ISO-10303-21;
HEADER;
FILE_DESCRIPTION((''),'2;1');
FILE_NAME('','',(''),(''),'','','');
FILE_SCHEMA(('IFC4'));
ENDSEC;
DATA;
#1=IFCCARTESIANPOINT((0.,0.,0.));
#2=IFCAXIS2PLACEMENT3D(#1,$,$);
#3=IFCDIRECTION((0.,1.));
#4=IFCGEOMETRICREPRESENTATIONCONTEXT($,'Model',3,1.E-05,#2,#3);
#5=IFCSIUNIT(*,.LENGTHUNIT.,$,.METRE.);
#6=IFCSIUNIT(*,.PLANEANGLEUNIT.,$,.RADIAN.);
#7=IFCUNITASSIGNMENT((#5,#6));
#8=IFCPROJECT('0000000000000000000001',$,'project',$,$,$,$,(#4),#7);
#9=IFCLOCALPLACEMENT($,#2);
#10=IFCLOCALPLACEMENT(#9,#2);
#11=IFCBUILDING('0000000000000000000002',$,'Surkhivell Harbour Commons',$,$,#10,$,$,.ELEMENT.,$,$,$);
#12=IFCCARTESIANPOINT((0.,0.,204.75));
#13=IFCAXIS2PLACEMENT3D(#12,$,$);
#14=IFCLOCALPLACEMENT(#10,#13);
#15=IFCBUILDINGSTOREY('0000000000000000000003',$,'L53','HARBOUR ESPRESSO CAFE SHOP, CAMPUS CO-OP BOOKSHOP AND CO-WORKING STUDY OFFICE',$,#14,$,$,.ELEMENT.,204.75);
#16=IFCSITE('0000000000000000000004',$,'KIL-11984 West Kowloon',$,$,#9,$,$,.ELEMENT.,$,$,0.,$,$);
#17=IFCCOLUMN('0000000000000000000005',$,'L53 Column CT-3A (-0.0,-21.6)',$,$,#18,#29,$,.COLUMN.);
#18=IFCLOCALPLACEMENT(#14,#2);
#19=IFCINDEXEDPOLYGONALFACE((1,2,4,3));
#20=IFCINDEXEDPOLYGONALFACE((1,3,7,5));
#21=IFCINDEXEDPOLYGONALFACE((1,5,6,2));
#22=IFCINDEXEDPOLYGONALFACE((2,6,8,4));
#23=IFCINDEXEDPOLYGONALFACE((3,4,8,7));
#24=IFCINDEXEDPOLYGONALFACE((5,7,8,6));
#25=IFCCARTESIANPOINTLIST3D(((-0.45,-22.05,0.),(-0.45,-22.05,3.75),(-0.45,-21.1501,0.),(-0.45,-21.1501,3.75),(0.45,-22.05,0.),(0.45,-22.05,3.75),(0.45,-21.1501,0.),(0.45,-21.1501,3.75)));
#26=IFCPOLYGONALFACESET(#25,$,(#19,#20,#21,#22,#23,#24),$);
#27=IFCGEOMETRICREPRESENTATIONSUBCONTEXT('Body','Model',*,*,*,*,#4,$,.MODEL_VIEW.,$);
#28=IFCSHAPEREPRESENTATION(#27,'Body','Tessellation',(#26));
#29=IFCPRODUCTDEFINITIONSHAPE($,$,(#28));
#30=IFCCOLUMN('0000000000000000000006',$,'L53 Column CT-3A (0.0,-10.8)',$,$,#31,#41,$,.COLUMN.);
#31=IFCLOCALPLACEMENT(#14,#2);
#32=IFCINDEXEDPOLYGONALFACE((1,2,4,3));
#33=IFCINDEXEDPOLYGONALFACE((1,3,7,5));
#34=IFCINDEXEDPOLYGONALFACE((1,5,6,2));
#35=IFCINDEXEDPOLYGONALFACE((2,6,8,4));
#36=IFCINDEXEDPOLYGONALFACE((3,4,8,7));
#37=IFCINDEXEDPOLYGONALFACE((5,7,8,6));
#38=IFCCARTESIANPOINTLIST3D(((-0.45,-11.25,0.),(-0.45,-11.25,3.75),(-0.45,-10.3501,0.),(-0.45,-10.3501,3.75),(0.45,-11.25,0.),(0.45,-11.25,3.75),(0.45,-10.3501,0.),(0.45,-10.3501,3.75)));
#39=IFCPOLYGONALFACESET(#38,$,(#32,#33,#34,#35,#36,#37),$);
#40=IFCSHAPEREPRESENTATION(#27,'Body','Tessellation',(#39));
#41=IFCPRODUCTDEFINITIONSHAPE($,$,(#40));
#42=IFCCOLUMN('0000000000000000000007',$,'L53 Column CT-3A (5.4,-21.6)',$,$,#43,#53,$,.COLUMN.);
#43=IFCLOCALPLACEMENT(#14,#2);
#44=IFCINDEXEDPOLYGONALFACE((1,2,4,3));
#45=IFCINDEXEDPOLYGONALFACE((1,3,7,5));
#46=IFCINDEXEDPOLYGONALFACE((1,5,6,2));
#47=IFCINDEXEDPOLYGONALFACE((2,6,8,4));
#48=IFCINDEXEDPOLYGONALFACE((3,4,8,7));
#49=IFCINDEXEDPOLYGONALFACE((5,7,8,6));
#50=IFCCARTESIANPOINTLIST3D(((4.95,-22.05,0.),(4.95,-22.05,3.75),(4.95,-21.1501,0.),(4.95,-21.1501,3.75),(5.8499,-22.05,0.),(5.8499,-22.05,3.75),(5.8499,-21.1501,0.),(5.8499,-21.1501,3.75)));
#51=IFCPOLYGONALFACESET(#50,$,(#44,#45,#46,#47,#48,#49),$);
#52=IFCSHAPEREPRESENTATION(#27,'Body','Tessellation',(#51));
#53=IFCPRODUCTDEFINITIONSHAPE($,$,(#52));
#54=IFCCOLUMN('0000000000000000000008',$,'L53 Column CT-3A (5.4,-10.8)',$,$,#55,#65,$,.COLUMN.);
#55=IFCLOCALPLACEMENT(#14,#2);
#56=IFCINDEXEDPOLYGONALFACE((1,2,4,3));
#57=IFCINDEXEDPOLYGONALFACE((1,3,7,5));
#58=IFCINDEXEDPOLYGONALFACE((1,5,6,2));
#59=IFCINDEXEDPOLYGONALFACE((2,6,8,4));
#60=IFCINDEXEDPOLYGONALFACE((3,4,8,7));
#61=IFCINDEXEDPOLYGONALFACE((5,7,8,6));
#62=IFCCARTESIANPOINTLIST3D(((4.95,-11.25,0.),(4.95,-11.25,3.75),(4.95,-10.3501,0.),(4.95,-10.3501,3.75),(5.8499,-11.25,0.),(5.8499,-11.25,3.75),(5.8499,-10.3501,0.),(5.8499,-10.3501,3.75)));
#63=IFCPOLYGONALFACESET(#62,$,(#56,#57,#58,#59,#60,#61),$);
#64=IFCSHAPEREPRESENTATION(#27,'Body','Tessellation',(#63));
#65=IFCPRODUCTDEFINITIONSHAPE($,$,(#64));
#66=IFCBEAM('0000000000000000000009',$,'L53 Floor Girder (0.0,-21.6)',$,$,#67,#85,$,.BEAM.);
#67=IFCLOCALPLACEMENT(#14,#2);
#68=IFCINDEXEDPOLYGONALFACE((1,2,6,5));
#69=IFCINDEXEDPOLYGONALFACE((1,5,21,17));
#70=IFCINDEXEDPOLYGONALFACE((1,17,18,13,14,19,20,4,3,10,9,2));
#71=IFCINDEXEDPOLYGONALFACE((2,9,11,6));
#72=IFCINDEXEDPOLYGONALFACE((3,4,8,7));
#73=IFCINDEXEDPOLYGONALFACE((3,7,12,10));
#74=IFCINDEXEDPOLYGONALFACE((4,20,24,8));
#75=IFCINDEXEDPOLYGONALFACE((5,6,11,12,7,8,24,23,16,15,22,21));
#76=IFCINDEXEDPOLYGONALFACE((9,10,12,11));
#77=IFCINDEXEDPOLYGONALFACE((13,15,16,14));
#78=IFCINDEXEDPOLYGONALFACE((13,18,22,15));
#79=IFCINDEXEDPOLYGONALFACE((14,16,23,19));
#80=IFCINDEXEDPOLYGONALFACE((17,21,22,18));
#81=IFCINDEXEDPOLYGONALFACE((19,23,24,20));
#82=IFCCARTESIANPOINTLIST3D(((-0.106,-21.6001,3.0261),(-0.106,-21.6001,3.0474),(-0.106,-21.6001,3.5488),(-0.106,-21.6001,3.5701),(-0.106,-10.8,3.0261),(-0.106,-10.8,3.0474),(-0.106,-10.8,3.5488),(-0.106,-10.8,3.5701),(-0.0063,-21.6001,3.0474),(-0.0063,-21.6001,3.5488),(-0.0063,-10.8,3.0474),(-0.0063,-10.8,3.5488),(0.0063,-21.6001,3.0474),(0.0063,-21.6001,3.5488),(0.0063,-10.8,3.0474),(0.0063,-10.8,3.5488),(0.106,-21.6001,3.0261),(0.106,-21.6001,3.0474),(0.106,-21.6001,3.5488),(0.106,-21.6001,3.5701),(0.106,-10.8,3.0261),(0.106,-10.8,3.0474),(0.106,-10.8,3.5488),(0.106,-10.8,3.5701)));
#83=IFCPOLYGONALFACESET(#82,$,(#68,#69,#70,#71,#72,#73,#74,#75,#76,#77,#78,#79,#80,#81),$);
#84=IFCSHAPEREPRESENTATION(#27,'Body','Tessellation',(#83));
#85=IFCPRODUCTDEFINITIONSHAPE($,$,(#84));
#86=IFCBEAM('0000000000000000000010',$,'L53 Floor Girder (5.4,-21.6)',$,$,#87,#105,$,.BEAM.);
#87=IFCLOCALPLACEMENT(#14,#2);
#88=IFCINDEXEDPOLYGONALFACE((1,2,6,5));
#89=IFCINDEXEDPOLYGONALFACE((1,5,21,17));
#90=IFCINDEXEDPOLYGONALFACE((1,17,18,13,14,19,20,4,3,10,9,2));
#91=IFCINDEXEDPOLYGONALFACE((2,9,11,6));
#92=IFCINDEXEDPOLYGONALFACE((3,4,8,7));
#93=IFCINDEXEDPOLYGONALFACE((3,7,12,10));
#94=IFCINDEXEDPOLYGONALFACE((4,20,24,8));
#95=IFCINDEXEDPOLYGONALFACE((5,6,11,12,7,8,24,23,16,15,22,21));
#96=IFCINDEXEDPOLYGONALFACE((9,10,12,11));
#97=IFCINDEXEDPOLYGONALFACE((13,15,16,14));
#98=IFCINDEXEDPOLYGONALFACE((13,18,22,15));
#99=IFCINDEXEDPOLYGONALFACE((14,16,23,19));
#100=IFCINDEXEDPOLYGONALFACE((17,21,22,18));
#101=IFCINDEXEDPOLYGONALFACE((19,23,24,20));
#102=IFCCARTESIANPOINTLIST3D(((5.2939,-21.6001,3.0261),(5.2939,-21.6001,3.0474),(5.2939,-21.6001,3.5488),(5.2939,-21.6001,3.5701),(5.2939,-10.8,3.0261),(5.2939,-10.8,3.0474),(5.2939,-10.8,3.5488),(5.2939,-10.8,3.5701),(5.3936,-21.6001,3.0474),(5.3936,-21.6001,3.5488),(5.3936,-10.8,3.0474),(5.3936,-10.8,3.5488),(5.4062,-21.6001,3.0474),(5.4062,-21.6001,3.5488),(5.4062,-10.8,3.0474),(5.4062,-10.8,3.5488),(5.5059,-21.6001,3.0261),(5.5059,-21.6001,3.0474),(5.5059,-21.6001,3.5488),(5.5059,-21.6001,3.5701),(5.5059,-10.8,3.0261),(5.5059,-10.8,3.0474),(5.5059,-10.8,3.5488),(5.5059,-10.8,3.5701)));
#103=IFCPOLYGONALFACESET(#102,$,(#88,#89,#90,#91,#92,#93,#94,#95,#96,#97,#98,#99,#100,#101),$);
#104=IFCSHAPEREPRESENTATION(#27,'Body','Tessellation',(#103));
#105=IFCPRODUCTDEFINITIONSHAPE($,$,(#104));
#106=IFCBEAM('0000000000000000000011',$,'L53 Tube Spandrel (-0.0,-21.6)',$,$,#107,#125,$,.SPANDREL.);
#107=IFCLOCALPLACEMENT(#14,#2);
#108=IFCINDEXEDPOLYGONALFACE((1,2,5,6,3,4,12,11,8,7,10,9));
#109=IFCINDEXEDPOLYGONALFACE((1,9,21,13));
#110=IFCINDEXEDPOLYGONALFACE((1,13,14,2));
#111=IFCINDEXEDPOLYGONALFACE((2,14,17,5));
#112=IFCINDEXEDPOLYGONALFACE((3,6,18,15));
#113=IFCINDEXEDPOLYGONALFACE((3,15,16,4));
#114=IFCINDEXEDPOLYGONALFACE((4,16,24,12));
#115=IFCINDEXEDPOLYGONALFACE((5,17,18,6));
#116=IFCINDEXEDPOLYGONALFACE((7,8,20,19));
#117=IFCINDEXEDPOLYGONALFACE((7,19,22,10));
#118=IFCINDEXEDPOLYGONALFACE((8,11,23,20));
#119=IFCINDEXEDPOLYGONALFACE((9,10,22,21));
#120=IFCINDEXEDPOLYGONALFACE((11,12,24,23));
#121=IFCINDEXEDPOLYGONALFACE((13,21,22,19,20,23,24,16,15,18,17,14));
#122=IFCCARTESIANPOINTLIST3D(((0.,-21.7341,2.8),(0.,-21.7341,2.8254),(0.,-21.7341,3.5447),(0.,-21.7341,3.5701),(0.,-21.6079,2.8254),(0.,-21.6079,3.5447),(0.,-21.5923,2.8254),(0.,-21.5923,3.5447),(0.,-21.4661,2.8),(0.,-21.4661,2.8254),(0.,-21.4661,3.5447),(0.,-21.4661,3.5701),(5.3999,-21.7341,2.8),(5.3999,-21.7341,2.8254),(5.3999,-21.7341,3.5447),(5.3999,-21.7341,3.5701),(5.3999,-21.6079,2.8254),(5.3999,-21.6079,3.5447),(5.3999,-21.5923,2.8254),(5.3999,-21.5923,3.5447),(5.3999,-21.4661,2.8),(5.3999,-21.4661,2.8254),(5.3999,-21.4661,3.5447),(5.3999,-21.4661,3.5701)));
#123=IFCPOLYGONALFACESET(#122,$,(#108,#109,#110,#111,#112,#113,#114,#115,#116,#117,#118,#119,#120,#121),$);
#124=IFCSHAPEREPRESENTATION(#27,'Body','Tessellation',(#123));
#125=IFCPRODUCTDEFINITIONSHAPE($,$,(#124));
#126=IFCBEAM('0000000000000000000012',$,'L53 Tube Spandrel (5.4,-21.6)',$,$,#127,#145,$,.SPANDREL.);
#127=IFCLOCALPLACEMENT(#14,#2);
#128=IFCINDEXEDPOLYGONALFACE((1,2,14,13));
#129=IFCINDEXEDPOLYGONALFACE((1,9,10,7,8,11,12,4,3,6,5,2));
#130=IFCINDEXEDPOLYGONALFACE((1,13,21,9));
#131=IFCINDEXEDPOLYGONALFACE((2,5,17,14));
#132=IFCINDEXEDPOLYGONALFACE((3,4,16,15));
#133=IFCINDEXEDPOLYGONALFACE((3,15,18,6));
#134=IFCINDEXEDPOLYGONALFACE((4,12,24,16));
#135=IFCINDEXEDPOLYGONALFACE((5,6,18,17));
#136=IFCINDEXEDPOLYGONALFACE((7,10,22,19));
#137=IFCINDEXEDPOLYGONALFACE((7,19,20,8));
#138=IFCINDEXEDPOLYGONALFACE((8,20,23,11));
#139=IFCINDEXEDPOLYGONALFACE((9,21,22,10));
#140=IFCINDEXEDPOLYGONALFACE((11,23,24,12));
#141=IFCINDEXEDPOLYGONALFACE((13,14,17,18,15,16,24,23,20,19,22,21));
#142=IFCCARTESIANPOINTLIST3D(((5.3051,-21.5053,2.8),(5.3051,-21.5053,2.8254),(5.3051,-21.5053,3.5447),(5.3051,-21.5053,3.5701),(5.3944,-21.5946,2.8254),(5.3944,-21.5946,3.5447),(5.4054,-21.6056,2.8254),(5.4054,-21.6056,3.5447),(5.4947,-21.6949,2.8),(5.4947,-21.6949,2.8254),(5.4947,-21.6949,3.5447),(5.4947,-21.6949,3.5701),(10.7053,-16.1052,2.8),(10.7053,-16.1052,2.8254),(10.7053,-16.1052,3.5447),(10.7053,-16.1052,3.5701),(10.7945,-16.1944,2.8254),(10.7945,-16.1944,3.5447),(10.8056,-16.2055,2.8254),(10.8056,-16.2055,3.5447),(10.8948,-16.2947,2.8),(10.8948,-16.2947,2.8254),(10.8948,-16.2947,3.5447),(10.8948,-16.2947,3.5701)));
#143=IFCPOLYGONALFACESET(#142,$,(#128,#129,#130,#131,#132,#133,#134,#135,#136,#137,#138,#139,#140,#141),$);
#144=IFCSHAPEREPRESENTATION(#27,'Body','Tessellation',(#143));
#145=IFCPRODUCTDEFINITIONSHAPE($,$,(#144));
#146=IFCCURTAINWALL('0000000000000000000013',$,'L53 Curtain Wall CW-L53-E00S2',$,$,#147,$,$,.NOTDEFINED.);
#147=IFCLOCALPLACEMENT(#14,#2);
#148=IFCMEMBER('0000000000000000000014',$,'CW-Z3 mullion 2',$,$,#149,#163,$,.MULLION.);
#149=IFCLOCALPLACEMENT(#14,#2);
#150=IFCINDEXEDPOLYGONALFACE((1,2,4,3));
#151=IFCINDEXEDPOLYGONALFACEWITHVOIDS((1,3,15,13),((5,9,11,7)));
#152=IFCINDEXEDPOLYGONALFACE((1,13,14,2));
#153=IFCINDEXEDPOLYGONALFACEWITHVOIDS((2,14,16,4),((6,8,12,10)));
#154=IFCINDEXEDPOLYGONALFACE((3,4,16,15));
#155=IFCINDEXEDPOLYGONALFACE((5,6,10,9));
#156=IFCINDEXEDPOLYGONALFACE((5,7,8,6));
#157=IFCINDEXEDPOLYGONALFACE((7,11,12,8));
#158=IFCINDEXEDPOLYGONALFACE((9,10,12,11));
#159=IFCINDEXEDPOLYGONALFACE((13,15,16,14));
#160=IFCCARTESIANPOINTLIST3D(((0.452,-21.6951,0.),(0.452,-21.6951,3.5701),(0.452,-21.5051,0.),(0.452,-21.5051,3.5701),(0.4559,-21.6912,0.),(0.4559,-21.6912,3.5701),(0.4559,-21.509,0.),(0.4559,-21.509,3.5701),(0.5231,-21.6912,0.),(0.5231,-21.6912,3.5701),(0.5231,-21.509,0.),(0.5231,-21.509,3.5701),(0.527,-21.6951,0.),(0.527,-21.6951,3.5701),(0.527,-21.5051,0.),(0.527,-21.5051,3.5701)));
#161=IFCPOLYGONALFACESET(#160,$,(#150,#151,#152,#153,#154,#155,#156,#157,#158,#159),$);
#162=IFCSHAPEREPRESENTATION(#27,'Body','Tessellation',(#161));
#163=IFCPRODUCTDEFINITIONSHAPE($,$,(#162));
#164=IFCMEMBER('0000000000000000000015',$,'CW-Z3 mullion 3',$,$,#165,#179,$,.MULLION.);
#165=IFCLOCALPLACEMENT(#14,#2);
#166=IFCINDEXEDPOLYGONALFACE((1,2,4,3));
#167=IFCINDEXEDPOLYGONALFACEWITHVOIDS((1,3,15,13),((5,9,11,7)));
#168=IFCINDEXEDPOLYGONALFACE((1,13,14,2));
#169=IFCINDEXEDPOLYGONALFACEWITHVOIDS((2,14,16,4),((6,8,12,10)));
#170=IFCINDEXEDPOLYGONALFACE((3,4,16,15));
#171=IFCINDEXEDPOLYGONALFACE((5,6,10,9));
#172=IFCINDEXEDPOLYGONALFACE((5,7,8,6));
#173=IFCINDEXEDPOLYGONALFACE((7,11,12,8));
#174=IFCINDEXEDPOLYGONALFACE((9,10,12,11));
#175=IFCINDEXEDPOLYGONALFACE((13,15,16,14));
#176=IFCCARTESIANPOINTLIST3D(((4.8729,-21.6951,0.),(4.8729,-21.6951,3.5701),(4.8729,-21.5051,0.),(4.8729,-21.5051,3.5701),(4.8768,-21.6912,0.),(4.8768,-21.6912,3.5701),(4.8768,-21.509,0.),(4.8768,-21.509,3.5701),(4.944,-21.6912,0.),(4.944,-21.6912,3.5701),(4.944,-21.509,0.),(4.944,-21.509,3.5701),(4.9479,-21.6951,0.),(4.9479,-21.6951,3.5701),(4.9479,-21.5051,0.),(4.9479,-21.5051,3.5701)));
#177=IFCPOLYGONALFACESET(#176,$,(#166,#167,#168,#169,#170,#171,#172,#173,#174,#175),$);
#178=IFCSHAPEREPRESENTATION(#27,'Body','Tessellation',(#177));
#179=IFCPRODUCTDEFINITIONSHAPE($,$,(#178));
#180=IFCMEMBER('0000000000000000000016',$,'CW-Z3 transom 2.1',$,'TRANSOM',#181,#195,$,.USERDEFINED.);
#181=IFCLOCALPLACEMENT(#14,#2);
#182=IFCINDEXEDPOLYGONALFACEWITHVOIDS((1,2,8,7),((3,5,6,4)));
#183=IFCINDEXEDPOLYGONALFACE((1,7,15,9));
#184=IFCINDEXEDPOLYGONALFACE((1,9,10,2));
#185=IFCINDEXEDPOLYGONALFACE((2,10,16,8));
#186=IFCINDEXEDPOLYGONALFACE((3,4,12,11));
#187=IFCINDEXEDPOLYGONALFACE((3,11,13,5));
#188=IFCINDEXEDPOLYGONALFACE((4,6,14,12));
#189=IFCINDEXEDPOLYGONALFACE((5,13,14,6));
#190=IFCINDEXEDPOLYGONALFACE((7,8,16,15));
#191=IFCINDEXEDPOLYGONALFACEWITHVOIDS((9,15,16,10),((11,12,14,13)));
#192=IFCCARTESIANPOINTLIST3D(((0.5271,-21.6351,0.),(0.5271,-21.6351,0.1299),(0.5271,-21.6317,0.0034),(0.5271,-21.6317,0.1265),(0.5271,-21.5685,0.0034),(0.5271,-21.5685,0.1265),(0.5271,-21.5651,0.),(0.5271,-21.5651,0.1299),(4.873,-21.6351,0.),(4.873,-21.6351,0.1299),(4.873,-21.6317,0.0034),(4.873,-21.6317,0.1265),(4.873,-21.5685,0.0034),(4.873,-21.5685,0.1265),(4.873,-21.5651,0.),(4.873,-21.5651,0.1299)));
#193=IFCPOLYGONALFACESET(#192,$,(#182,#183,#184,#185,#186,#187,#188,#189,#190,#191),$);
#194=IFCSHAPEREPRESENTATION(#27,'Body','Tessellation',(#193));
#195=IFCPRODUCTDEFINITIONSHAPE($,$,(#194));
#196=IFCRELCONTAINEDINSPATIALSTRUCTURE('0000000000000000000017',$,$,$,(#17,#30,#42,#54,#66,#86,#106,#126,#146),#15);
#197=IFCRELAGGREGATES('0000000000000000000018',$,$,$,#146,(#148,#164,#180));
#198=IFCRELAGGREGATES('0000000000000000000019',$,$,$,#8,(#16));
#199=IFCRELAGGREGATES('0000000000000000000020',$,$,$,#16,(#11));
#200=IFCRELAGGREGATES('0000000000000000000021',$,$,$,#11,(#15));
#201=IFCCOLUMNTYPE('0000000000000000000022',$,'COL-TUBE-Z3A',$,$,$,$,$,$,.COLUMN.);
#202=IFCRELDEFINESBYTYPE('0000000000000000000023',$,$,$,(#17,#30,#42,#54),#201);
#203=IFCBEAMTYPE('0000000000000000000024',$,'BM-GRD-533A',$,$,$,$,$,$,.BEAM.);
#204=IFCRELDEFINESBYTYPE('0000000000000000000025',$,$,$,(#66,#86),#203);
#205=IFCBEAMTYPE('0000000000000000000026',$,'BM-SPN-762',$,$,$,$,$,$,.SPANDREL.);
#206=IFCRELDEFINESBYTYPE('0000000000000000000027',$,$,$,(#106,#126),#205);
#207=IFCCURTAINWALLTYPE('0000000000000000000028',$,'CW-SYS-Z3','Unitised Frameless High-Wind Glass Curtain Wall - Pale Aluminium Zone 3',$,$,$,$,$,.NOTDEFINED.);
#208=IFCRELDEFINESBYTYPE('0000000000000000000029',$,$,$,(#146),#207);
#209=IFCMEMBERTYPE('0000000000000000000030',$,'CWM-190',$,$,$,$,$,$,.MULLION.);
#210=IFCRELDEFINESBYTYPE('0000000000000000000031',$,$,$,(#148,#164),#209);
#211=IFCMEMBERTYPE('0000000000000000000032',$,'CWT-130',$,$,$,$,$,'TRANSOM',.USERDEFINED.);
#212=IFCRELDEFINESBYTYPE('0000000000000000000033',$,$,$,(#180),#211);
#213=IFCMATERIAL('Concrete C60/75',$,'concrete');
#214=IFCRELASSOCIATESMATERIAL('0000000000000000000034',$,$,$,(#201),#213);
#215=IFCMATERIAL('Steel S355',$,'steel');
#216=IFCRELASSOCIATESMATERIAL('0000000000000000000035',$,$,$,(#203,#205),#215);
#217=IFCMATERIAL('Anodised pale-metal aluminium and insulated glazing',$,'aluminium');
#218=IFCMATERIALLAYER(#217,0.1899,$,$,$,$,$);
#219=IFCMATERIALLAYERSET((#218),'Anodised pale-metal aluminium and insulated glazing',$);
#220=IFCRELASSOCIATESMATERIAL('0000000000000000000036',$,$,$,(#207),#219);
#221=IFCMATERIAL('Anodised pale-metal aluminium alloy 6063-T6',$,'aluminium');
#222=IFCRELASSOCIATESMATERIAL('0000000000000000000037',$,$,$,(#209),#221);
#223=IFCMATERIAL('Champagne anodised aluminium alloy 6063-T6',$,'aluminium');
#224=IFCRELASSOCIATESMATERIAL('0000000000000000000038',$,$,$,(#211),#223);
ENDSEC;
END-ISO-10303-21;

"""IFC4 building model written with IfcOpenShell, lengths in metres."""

from ifc_helpers import new_model, si_unit, direction, frame, origin, origin_2d, place, context, subcontext, project, spatial, rectangle, hollow_rectangle, i_section, extrude, material, layer, layer_set, material_profile, profile_set, type_object, element, aggregate, save


model = new_model("IFC4")

# Units and contexts
model_context = context("Model", 3, precision=1e-05, world=origin(), true_north=direction((0.0, 1.0)))
body_context = subcontext(model_context, "Body", "Model", "MODEL_VIEW")
ifc_project = project(units=[si_unit("LENGTHUNIT", "METRE"), si_unit("PLANEANGLEUNIT", "RADIAN")], contexts=[model_context])

# Site, building, storey
site_placement = place(None, origin())
site = spatial("IfcSite", under=ifc_project, at=site_placement, Name="KIL-11984 West Kowloon", CompositionType="ELEMENT", RefElevation=0.0)
building_placement = place(site_placement, origin())
building = spatial("IfcBuilding", under=site, at=building_placement, Name="Surkhivell Harbour Commons", CompositionType="ELEMENT")
storey_placement = place(building_placement, frame((0.0, 0.0, 204.75)))
storey = spatial("IfcBuildingStorey", under=building, at=storey_placement, Name="L53", Description="HARBOUR ESPRESSO CAFE SHOP, CAMPUS CO-OP BOOKSHOP AND CO-WORKING STUDY OFFICE", CompositionType="ELEMENT", Elevation=204.75)

# Columns
ifc_material_1 = material(Name="Concrete C60/75", Category="concrete")
ifc_material_profile_1 = material_profile(ifc_material_1, rectangle(XDim=0.8999, YDim=0.8999, at=origin_2d()), Name="RC-COL-900x900")
ifc_profile_set_1 = profile_set([ifc_material_profile_1], Name="Concrete C60/75")
column_type = type_object("IfcColumnType", Name="COL-TUBE-Z3A", PredefinedType="COLUMN", material=ifc_profile_set_1)
for number, where, z_axis, x_axis, name in (
    (1, (0.0, -21.6001, 0.0), (0.0, 0.0, 1.0), (1.0, 0.0, 0.0), "L53 Column CT-3A (-0.0,-21.6)"),
    (2, (0.0, -10.8, 0.0), (0.0, 0.0, 1.0), (1.0, 0.0, 0.0), "L53 Column CT-3A (0.0,-10.8)"),
    (3, (5.3999, -21.6001, 0.0), (0.0, 0.0, 1.0), (1.0, 0.0, 0.0), "L53 Column CT-3A (5.4,-21.6)"),
    (4, (5.3999, -10.8, 0.0), (0.0, 0.0, 1.0), (1.0, 0.0, 0.0), "L53 Column CT-3A (5.4,-10.8)"),
):
    element("IfcColumn", number, at=place(storey_placement, frame(where, z_axis=z_axis, x_axis=x_axis)), inside=storey, type_object=column_type, Name=name, PredefinedType="COLUMN", context=body_context, shape_type="SweptSolid", body=[
        extrude(rectangle(XDim=0.8999, YDim=0.8999, at=origin_2d()), origin(), (0.0, 0.0, 1.0), 3.75),
    ])

# Beams
ifc_material_2 = material(Name="Steel S355", Category="steel")
ifc_material_profile_2 = material_profile(ifc_material_2, i_section(OverallWidth=0.2119, OverallDepth=0.5439, WebThickness=0.0127, FlangeThickness=0.0212, at=origin_2d()), Name="UB533x210x122")
ifc_profile_set_2 = profile_set([ifc_material_profile_2], Name="Steel S355")
beam_type_1 = type_object("IfcBeamType", Name="BM-GRD-533A", PredefinedType="BEAM", material=ifc_profile_set_2)
for number, where, z_axis, x_axis, name in (
    (5, (0.0, -21.6001, 3.2981), (0.0, 1.0, 0.0), (-1.0, 0.0, 0.0), "L53 Floor Girder (0.0,-21.6)"),
    (6, (5.3999, -21.6001, 3.2981), (0.0, 1.0, 0.0), (-1.0, 0.0, 0.0), "L53 Floor Girder (5.4,-21.6)"),
):
    element("IfcBeam", number, at=place(storey_placement, frame(where, z_axis=z_axis, x_axis=x_axis)), inside=storey, type_object=beam_type_1, Name=name, PredefinedType="BEAM", context=body_context, shape_type="SweptSolid", body=[
        extrude(i_section(OverallWidth=0.2119, OverallDepth=0.5439, WebThickness=0.0127, FlangeThickness=0.0212, at=origin_2d()), origin(), (0.0, 0.0, 1.0), 10.8),
    ])
ifc_material_profile_3 = material_profile(ifc_material_2, i_section(OverallWidth=0.2681, OverallDepth=0.77, WebThickness=0.0156, FlangeThickness=0.0254, at=origin_2d()), Name="UB762x267x197")
ifc_profile_set_3 = profile_set([ifc_material_profile_3], Name="Steel S355")
beam_type_2 = type_object("IfcBeamType", Name="BM-SPN-762", PredefinedType="SPANDREL", material=ifc_profile_set_3)
beam_1_placement = place(storey_placement, frame((0.0, -21.6001, 3.1851), z_axis=(1.0, 0.0, 0.0), x_axis=(0.0, 1.0, 0.0)))
element("IfcBeam", 7, at=beam_1_placement, inside=storey, type_object=beam_type_2, Name="L53 Tube Spandrel (-0.0,-21.6)", PredefinedType="SPANDREL", context=body_context, shape_type="SweptSolid", body=[
    extrude(i_section(OverallWidth=0.2681, OverallDepth=0.77, WebThickness=0.0156, FlangeThickness=0.0254, at=origin_2d()), origin(), (0.0, 0.0, 1.0), 5.3999),
])
beam_2_placement = place(storey_placement, frame((5.3999, -21.6001, 3.1851), z_axis=(0.707107, 0.707107, 0.0), x_axis=(-0.707107, 0.707107, 0.0)))
element("IfcBeam", 8, at=beam_2_placement, inside=storey, type_object=beam_type_2, Name="L53 Tube Spandrel (5.4,-21.6)", PredefinedType="SPANDREL", context=body_context, shape_type="SweptSolid", body=[
    extrude(i_section(OverallWidth=0.2681, OverallDepth=0.77, WebThickness=0.0156, FlangeThickness=0.0254, at=origin_2d()), origin(), (0.0, 0.0, 1.0), 7.637),
])

# Curtain wall, members
ifc_material_3 = material(Name="Anodised pale-metal aluminium and insulated glazing", Category="aluminium")
ifc_layer_1 = layer(ifc_material_3, 0.1899)
ifc_layer_set_1 = layer_set([ifc_layer_1], Name="Anodised pale-metal aluminium and insulated glazing")
curtain_wall_type = type_object("IfcCurtainWallType", Name="CW-SYS-Z3", Description="Unitised Frameless High-Wind Glass Curtain Wall - Pale Aluminium Zone 3", PredefinedType="NOTDEFINED", material=ifc_layer_set_1)
curtain_wall_placement = place(storey_placement, origin())
curtain_wall = element("IfcCurtainWall", 9, at=curtain_wall_placement, inside=storey, type_object=curtain_wall_type, Name="L53 Curtain Wall CW-L53-E00S2", PredefinedType="NOTDEFINED")
ifc_material_4 = material(Name="Anodised pale-metal aluminium alloy 6063-T6", Category="aluminium")
ifc_material_profile_4 = material_profile(ifc_material_4, hollow_rectangle(XDim=0.075, YDim=0.1899, WallThickness=0.0039, at=origin_2d()), Name="ALU-MULL-75x190")
ifc_profile_set_4 = profile_set([ifc_material_profile_4], Name="Anodised pale-metal aluminium alloy 6063-T6")
member_type_1 = type_object("IfcMemberType", Name="CWM-190", PredefinedType="MULLION", material=ifc_profile_set_4)
member_1_placement = place(storey_placement, frame((0.4895, -21.6001, 0.0), z_axis=(0.0, 0.0, 1.0), x_axis=(1.0, 0.0, 0.0)))
member_1 = element("IfcMember", 10, at=member_1_placement, type_object=member_type_1, Name="CW-Z3 mullion 2", PredefinedType="MULLION", context=body_context, shape_type="SweptSolid", body=[
    extrude(hollow_rectangle(XDim=0.075, YDim=0.1899, WallThickness=0.0039, at=origin_2d()), origin(), (0.0, 0.0, 1.0), 3.5701),
])
member_2_placement = place(storey_placement, frame((4.9104, -21.6001, 0.0), z_axis=(0.0, 0.0, 1.0), x_axis=(1.0, 0.0, 0.0)))
member_2 = element("IfcMember", 11, at=member_2_placement, type_object=member_type_1, Name="CW-Z3 mullion 3", PredefinedType="MULLION", context=body_context, shape_type="SweptSolid", body=[
    extrude(hollow_rectangle(XDim=0.075, YDim=0.1899, WallThickness=0.0039, at=origin_2d()), origin(), (0.0, 0.0, 1.0), 3.5701),
])
ifc_material_5 = material(Name="Champagne anodised aluminium alloy 6063-T6", Category="aluminium")
ifc_material_profile_5 = material_profile(ifc_material_5, hollow_rectangle(XDim=0.0701, YDim=0.1299, WallThickness=0.0034, at=origin_2d()), Name="ALU-TRAN-70x130")
ifc_profile_set_5 = profile_set([ifc_material_profile_5], Name="Champagne anodised aluminium alloy 6063-T6")
member_type_2 = type_object("IfcMemberType", Name="CWT-130", ElementType="TRANSOM", PredefinedType="USERDEFINED", material=ifc_profile_set_5)
member_3_placement = place(storey_placement, frame((0.5271, -21.6001, 0.0649), z_axis=(1.0, 0.0, 0.0), x_axis=(0.0, 1.0, 0.0)))
member_3 = element("IfcMember", 12, at=member_3_placement, type_object=member_type_2, Name="CW-Z3 transom 2.1", ObjectType="TRANSOM", PredefinedType="USERDEFINED", context=body_context, shape_type="SweptSolid", body=[
    extrude(hollow_rectangle(XDim=0.0701, YDim=0.1299, WallThickness=0.0034, at=origin_2d()), origin(), (0.0, 0.0, 1.0), 4.3459),
])
aggregate(curtain_wall, [member_1, member_2, member_3])

save(model, "model.ifc")
